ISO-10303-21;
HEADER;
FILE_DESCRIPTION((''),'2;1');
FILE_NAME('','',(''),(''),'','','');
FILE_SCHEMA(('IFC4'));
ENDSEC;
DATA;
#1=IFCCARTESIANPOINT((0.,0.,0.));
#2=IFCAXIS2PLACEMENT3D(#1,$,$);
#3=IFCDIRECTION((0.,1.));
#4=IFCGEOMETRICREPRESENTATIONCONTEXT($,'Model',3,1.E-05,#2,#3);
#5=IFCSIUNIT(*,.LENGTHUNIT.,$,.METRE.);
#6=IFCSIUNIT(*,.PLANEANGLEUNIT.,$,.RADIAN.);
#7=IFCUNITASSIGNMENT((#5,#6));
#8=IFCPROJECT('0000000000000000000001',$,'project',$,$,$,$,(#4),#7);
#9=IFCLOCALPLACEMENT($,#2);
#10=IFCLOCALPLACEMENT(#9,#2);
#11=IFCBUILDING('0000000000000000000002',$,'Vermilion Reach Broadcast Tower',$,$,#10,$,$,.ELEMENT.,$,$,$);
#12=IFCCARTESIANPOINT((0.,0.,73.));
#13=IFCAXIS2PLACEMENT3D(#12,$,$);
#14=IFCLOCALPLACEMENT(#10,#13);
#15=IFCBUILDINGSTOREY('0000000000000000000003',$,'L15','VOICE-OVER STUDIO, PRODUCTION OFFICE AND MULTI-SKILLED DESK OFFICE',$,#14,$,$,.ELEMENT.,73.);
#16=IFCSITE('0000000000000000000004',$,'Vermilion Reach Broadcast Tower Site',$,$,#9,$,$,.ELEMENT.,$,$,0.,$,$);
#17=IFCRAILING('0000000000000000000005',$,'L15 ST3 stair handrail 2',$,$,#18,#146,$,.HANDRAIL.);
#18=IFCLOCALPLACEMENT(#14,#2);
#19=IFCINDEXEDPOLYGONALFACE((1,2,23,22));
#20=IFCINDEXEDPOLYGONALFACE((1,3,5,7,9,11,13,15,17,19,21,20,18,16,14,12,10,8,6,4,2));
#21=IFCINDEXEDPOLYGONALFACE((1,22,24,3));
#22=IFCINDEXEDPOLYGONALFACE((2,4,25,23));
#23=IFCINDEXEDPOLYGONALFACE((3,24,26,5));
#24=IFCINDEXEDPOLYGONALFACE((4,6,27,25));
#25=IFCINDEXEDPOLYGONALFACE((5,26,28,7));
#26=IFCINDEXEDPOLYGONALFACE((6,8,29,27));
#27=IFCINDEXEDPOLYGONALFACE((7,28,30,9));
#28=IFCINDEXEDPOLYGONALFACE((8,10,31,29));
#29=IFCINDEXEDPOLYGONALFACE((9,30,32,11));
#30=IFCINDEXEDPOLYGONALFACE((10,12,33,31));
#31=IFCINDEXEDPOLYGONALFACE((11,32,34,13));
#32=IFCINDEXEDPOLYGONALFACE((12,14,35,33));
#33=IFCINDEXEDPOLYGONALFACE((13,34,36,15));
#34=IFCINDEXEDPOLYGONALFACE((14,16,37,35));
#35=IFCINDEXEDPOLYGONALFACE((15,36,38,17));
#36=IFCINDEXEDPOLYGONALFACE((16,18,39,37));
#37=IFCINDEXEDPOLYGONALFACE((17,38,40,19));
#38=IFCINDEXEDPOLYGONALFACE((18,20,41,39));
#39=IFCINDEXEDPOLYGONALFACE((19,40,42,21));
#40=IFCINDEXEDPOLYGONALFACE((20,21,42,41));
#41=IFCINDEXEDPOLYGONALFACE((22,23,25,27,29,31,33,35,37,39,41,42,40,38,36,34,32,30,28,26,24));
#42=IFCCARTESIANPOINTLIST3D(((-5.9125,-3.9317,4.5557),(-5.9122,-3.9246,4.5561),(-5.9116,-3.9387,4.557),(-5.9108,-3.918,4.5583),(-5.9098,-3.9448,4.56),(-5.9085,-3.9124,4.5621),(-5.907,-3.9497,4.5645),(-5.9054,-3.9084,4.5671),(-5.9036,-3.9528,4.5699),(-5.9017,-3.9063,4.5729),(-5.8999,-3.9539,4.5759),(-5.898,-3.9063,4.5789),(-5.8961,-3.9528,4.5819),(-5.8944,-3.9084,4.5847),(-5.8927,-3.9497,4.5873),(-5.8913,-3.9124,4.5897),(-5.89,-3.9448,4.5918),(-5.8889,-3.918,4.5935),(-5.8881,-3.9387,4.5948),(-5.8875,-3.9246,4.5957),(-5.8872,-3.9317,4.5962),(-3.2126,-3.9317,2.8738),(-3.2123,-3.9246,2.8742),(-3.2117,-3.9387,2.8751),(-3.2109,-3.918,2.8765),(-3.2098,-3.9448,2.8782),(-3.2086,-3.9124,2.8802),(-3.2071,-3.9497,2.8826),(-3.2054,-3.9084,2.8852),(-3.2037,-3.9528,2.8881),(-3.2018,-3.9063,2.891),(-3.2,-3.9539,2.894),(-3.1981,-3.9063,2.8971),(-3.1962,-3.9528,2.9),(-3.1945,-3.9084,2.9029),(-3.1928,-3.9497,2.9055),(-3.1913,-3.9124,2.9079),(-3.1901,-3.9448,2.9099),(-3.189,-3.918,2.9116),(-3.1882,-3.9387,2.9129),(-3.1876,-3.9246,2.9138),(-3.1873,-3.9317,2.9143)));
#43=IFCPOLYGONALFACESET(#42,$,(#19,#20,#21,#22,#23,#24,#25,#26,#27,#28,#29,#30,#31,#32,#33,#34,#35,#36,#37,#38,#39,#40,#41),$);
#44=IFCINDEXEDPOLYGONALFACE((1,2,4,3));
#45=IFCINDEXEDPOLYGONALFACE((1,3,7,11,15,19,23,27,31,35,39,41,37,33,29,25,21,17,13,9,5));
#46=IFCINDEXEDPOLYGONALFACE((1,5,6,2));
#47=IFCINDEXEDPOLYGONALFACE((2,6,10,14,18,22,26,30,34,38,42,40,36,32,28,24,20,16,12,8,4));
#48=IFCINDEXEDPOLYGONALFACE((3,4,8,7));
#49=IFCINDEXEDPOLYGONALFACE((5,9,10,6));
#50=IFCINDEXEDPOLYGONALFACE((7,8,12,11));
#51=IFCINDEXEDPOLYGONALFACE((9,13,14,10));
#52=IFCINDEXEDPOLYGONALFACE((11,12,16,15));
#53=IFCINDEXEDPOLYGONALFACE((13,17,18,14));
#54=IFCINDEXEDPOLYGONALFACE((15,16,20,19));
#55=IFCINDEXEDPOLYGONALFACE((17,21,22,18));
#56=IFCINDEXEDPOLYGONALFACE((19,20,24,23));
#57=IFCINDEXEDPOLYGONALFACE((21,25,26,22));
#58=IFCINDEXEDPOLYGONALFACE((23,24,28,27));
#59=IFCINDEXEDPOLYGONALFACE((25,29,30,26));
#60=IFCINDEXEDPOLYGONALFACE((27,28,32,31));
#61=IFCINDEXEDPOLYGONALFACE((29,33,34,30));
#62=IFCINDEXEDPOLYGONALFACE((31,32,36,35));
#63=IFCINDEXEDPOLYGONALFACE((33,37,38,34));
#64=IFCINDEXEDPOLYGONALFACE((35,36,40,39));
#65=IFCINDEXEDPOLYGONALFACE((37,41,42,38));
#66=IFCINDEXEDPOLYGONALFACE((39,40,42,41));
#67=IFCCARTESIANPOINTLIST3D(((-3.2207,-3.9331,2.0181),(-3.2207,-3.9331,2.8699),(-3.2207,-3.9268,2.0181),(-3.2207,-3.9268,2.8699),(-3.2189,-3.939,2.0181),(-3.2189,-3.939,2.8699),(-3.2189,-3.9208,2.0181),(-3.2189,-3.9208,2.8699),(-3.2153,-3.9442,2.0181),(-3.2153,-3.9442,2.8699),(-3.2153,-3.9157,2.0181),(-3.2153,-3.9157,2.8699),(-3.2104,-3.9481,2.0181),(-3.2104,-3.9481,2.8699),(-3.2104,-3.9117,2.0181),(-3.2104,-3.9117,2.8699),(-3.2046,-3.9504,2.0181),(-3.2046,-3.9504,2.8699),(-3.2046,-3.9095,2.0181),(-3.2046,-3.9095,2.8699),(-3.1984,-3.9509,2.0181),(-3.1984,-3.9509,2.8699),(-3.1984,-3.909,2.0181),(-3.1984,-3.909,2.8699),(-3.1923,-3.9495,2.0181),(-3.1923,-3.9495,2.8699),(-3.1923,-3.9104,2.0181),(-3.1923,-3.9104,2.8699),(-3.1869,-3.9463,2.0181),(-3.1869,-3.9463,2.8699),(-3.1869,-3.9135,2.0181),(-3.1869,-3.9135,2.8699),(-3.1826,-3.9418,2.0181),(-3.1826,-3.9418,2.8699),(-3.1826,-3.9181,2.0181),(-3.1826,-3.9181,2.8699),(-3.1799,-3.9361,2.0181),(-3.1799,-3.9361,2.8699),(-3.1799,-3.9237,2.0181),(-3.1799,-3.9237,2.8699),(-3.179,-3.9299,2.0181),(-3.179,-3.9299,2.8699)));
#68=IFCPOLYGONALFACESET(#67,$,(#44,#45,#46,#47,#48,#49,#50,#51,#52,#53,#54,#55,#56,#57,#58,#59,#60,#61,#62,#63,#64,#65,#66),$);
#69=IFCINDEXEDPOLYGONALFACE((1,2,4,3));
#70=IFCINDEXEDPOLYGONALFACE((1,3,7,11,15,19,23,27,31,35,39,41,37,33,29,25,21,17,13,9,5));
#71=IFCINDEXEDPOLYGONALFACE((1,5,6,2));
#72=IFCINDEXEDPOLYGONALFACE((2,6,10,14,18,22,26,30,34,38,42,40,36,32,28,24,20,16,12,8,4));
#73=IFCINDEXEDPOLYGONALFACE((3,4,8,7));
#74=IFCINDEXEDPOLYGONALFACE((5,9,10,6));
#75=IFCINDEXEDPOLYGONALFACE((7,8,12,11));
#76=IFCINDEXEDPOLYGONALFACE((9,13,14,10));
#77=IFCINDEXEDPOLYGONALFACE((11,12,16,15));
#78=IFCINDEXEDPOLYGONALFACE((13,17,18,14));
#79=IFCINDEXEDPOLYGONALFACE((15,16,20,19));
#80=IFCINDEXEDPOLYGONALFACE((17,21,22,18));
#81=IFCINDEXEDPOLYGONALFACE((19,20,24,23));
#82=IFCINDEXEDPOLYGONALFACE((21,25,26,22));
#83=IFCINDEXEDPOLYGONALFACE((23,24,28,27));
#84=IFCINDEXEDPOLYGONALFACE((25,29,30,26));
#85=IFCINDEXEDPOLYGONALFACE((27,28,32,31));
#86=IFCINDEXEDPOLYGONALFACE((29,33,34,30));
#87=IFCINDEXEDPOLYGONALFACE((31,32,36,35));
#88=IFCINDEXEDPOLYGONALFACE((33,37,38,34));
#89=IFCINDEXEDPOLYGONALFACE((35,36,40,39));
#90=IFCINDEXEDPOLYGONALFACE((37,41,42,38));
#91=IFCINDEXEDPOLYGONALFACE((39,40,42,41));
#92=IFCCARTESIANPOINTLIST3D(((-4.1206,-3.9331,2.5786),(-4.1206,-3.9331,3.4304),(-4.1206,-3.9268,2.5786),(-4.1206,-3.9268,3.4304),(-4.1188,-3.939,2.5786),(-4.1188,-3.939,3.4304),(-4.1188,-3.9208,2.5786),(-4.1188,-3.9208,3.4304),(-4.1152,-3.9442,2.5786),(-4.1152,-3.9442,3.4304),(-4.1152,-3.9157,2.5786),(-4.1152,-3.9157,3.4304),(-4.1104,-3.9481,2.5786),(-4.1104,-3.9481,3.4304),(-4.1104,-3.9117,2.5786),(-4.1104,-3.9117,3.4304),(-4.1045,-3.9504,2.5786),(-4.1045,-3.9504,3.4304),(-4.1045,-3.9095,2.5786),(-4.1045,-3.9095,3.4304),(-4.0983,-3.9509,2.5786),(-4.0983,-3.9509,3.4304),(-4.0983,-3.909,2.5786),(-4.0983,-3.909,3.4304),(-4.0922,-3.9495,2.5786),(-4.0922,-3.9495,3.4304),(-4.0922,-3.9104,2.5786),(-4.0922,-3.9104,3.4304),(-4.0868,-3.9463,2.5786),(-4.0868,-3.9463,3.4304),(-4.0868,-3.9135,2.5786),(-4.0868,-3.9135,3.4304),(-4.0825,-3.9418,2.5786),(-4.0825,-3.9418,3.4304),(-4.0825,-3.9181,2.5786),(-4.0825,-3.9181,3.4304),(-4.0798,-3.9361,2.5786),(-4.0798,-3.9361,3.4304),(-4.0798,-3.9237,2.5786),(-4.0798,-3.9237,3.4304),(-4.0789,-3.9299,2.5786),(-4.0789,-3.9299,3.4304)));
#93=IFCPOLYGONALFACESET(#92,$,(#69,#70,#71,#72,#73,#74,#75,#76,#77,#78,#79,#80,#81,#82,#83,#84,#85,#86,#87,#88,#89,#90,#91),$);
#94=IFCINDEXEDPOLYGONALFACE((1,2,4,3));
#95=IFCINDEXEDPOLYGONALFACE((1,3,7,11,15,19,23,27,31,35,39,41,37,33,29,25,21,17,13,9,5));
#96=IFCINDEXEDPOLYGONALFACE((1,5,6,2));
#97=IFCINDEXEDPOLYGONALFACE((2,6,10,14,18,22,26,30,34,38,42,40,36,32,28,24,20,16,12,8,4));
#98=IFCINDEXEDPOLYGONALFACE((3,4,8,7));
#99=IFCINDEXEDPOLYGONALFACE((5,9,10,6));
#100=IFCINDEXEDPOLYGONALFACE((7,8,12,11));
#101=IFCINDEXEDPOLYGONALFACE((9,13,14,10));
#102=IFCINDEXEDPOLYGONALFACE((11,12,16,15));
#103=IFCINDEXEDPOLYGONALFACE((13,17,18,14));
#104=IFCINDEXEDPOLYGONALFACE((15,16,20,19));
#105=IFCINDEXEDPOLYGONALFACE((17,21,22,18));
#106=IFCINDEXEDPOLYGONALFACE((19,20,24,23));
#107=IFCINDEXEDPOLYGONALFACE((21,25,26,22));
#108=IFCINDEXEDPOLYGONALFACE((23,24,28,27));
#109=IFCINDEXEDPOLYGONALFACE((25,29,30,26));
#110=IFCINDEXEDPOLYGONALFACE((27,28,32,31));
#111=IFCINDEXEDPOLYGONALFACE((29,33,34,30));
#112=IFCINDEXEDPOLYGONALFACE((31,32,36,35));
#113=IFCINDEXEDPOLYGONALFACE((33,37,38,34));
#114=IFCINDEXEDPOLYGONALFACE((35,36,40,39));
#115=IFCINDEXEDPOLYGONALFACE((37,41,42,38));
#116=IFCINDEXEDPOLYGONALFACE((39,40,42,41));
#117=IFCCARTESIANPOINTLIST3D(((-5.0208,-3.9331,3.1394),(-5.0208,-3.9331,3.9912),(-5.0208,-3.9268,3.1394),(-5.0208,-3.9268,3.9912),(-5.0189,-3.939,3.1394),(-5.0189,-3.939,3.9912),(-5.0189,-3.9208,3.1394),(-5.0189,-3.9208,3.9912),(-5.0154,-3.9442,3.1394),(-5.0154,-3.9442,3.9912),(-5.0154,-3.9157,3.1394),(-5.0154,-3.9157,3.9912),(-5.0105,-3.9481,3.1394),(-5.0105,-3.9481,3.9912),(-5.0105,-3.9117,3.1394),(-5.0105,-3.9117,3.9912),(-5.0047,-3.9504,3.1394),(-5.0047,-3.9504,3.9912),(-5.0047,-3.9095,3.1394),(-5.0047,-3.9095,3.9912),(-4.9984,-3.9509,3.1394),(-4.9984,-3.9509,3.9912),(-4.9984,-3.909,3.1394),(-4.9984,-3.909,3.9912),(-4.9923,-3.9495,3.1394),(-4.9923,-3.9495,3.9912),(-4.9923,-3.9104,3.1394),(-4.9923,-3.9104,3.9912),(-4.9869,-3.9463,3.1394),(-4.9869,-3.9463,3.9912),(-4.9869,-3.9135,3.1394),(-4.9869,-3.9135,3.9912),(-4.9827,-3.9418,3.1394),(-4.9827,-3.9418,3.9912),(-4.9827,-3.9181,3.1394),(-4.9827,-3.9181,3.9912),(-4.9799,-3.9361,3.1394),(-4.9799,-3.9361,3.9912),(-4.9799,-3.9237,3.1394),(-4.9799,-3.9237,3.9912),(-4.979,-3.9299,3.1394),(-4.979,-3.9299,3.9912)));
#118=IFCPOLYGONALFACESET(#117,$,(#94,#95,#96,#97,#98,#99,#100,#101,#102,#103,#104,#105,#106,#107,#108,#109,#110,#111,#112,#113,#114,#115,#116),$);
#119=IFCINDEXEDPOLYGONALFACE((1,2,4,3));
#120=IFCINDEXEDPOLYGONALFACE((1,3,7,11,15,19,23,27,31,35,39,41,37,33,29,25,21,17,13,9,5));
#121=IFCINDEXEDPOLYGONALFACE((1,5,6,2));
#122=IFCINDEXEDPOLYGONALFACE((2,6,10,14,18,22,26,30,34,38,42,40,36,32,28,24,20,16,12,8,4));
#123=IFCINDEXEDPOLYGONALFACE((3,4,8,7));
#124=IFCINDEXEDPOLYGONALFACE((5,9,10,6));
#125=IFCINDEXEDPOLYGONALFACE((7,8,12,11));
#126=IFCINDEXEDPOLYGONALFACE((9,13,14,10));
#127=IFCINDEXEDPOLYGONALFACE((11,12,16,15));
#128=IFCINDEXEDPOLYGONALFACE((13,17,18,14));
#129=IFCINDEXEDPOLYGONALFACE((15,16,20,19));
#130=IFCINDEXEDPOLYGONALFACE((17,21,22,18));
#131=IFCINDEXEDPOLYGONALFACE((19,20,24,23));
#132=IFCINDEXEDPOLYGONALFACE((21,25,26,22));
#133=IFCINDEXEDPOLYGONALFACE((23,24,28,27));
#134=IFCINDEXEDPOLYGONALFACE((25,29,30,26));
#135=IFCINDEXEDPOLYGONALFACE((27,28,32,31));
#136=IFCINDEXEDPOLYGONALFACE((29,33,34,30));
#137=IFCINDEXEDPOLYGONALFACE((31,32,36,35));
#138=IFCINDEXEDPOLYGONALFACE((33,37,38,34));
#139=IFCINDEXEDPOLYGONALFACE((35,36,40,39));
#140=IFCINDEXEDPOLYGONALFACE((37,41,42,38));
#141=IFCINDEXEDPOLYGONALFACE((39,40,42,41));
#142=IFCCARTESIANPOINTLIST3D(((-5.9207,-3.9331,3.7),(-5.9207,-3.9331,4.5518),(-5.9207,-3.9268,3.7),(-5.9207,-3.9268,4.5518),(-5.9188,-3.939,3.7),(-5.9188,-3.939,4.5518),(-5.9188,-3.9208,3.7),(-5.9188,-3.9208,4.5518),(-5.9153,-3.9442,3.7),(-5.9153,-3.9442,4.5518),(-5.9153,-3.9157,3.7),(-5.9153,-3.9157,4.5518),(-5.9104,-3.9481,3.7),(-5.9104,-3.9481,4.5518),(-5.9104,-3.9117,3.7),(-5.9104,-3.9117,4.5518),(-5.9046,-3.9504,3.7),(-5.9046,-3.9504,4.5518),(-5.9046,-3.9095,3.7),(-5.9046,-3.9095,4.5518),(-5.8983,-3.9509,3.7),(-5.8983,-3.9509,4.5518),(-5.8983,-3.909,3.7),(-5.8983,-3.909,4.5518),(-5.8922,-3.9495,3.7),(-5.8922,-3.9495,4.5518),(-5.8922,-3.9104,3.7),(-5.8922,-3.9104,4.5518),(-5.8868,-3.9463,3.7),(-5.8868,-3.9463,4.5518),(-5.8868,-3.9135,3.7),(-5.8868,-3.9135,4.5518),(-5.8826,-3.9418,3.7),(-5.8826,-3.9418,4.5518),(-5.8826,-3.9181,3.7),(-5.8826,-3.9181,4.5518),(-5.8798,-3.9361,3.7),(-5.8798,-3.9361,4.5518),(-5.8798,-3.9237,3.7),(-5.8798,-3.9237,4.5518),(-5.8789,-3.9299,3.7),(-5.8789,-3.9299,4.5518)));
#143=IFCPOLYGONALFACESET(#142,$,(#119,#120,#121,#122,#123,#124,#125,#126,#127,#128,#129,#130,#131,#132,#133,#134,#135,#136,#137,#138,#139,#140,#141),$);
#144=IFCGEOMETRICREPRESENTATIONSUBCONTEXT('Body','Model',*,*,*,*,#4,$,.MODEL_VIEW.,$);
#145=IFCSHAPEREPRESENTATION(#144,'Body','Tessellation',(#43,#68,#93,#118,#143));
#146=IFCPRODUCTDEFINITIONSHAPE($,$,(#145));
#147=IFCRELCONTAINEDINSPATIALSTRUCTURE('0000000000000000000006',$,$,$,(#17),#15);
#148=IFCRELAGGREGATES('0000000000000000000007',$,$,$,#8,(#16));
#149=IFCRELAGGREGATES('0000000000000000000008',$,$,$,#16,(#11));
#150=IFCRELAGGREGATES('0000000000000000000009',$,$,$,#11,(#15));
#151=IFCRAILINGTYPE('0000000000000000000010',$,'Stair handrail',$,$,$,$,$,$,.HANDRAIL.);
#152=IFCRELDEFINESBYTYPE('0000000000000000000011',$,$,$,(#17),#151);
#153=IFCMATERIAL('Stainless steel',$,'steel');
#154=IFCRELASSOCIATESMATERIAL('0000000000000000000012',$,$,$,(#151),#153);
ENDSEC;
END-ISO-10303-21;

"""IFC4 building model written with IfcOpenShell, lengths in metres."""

from ifc_helpers import new_model, si_unit, direction, frame, origin, origin_2d, place, context, subcontext, project, spatial, circle, extrude, material, type_object, element, save


model = new_model("IFC4")

# Units and contexts
model_context = context("Model", 3, precision=1e-05, world=origin(), true_north=direction((0.0, 1.0)))
body_context = subcontext(model_context, "Body", "Model", "MODEL_VIEW")
ifc_project = project(units=[si_unit("LENGTHUNIT", "METRE"), si_unit("PLANEANGLEUNIT", "RADIAN")], contexts=[model_context])

# Site, building, storey
site_placement = place(None, origin())
site = spatial("IfcSite", under=ifc_project, at=site_placement, Name="Vermilion Reach Broadcast Tower Site", CompositionType="ELEMENT", RefElevation=0.0)
building_placement = place(site_placement, origin())
building = spatial("IfcBuilding", under=site, at=building_placement, Name="Vermilion Reach Broadcast Tower", CompositionType="ELEMENT")
storey_placement = place(building_placement, frame((0.0, 0.0, 73.0)))
storey = spatial("IfcBuildingStorey", under=building, at=storey_placement, Name="L15", Description="VOICE-OVER STUDIO, PRODUCTION OFFICE AND MULTI-SKILLED DESK OFFICE", CompositionType="ELEMENT", Elevation=73.0)

# Railing
ifc_material_1 = material(Name="Stainless steel", Category="steel")
railing_type_1 = type_object("IfcRailingType", Name="Stair handrail", PredefinedType="HANDRAIL", material=ifc_material_1)
railing_1_placement = place(storey_placement, frame((-3.2, -3.9299, 2.0181)))
element("IfcRailing", 1, at=railing_1_placement, inside=storey, type_object=railing_type_1, Name="L15 ST3 stair handrail 2", PredefinedType="HANDRAIL", context=body_context, shape_type="SweptSolid", body=[
    extrude(circle(Radius=0.0239, at=origin_2d()), frame((0.0, 0.0, 0.876), z_axis=(-0.848786, 0.0, 0.528736), x_axis=(0.0, -1.0, 0.0)), (0.0, 0.0, 1.0), 3.1809),
    extrude(circle(Radius=0.021, at=origin_2d()), origin(), (0.0, 0.0, 1.0), 0.8518),
    extrude(circle(Radius=0.021, at=origin_2d()), frame((-0.8999, 0.0, 0.5605)), (0.0, 0.0, 1.0), 0.8518),
    extrude(circle(Radius=0.021, at=origin_2d()), frame((-1.8, 0.0, 1.1213)), (0.0, 0.0, 1.0), 0.8518),
    extrude(circle(Radius=0.021, at=origin_2d()), frame((-2.7, 0.0, 1.6819)), (0.0, 0.0, 1.0), 0.8518),
])

save(model, "model.ifc")
